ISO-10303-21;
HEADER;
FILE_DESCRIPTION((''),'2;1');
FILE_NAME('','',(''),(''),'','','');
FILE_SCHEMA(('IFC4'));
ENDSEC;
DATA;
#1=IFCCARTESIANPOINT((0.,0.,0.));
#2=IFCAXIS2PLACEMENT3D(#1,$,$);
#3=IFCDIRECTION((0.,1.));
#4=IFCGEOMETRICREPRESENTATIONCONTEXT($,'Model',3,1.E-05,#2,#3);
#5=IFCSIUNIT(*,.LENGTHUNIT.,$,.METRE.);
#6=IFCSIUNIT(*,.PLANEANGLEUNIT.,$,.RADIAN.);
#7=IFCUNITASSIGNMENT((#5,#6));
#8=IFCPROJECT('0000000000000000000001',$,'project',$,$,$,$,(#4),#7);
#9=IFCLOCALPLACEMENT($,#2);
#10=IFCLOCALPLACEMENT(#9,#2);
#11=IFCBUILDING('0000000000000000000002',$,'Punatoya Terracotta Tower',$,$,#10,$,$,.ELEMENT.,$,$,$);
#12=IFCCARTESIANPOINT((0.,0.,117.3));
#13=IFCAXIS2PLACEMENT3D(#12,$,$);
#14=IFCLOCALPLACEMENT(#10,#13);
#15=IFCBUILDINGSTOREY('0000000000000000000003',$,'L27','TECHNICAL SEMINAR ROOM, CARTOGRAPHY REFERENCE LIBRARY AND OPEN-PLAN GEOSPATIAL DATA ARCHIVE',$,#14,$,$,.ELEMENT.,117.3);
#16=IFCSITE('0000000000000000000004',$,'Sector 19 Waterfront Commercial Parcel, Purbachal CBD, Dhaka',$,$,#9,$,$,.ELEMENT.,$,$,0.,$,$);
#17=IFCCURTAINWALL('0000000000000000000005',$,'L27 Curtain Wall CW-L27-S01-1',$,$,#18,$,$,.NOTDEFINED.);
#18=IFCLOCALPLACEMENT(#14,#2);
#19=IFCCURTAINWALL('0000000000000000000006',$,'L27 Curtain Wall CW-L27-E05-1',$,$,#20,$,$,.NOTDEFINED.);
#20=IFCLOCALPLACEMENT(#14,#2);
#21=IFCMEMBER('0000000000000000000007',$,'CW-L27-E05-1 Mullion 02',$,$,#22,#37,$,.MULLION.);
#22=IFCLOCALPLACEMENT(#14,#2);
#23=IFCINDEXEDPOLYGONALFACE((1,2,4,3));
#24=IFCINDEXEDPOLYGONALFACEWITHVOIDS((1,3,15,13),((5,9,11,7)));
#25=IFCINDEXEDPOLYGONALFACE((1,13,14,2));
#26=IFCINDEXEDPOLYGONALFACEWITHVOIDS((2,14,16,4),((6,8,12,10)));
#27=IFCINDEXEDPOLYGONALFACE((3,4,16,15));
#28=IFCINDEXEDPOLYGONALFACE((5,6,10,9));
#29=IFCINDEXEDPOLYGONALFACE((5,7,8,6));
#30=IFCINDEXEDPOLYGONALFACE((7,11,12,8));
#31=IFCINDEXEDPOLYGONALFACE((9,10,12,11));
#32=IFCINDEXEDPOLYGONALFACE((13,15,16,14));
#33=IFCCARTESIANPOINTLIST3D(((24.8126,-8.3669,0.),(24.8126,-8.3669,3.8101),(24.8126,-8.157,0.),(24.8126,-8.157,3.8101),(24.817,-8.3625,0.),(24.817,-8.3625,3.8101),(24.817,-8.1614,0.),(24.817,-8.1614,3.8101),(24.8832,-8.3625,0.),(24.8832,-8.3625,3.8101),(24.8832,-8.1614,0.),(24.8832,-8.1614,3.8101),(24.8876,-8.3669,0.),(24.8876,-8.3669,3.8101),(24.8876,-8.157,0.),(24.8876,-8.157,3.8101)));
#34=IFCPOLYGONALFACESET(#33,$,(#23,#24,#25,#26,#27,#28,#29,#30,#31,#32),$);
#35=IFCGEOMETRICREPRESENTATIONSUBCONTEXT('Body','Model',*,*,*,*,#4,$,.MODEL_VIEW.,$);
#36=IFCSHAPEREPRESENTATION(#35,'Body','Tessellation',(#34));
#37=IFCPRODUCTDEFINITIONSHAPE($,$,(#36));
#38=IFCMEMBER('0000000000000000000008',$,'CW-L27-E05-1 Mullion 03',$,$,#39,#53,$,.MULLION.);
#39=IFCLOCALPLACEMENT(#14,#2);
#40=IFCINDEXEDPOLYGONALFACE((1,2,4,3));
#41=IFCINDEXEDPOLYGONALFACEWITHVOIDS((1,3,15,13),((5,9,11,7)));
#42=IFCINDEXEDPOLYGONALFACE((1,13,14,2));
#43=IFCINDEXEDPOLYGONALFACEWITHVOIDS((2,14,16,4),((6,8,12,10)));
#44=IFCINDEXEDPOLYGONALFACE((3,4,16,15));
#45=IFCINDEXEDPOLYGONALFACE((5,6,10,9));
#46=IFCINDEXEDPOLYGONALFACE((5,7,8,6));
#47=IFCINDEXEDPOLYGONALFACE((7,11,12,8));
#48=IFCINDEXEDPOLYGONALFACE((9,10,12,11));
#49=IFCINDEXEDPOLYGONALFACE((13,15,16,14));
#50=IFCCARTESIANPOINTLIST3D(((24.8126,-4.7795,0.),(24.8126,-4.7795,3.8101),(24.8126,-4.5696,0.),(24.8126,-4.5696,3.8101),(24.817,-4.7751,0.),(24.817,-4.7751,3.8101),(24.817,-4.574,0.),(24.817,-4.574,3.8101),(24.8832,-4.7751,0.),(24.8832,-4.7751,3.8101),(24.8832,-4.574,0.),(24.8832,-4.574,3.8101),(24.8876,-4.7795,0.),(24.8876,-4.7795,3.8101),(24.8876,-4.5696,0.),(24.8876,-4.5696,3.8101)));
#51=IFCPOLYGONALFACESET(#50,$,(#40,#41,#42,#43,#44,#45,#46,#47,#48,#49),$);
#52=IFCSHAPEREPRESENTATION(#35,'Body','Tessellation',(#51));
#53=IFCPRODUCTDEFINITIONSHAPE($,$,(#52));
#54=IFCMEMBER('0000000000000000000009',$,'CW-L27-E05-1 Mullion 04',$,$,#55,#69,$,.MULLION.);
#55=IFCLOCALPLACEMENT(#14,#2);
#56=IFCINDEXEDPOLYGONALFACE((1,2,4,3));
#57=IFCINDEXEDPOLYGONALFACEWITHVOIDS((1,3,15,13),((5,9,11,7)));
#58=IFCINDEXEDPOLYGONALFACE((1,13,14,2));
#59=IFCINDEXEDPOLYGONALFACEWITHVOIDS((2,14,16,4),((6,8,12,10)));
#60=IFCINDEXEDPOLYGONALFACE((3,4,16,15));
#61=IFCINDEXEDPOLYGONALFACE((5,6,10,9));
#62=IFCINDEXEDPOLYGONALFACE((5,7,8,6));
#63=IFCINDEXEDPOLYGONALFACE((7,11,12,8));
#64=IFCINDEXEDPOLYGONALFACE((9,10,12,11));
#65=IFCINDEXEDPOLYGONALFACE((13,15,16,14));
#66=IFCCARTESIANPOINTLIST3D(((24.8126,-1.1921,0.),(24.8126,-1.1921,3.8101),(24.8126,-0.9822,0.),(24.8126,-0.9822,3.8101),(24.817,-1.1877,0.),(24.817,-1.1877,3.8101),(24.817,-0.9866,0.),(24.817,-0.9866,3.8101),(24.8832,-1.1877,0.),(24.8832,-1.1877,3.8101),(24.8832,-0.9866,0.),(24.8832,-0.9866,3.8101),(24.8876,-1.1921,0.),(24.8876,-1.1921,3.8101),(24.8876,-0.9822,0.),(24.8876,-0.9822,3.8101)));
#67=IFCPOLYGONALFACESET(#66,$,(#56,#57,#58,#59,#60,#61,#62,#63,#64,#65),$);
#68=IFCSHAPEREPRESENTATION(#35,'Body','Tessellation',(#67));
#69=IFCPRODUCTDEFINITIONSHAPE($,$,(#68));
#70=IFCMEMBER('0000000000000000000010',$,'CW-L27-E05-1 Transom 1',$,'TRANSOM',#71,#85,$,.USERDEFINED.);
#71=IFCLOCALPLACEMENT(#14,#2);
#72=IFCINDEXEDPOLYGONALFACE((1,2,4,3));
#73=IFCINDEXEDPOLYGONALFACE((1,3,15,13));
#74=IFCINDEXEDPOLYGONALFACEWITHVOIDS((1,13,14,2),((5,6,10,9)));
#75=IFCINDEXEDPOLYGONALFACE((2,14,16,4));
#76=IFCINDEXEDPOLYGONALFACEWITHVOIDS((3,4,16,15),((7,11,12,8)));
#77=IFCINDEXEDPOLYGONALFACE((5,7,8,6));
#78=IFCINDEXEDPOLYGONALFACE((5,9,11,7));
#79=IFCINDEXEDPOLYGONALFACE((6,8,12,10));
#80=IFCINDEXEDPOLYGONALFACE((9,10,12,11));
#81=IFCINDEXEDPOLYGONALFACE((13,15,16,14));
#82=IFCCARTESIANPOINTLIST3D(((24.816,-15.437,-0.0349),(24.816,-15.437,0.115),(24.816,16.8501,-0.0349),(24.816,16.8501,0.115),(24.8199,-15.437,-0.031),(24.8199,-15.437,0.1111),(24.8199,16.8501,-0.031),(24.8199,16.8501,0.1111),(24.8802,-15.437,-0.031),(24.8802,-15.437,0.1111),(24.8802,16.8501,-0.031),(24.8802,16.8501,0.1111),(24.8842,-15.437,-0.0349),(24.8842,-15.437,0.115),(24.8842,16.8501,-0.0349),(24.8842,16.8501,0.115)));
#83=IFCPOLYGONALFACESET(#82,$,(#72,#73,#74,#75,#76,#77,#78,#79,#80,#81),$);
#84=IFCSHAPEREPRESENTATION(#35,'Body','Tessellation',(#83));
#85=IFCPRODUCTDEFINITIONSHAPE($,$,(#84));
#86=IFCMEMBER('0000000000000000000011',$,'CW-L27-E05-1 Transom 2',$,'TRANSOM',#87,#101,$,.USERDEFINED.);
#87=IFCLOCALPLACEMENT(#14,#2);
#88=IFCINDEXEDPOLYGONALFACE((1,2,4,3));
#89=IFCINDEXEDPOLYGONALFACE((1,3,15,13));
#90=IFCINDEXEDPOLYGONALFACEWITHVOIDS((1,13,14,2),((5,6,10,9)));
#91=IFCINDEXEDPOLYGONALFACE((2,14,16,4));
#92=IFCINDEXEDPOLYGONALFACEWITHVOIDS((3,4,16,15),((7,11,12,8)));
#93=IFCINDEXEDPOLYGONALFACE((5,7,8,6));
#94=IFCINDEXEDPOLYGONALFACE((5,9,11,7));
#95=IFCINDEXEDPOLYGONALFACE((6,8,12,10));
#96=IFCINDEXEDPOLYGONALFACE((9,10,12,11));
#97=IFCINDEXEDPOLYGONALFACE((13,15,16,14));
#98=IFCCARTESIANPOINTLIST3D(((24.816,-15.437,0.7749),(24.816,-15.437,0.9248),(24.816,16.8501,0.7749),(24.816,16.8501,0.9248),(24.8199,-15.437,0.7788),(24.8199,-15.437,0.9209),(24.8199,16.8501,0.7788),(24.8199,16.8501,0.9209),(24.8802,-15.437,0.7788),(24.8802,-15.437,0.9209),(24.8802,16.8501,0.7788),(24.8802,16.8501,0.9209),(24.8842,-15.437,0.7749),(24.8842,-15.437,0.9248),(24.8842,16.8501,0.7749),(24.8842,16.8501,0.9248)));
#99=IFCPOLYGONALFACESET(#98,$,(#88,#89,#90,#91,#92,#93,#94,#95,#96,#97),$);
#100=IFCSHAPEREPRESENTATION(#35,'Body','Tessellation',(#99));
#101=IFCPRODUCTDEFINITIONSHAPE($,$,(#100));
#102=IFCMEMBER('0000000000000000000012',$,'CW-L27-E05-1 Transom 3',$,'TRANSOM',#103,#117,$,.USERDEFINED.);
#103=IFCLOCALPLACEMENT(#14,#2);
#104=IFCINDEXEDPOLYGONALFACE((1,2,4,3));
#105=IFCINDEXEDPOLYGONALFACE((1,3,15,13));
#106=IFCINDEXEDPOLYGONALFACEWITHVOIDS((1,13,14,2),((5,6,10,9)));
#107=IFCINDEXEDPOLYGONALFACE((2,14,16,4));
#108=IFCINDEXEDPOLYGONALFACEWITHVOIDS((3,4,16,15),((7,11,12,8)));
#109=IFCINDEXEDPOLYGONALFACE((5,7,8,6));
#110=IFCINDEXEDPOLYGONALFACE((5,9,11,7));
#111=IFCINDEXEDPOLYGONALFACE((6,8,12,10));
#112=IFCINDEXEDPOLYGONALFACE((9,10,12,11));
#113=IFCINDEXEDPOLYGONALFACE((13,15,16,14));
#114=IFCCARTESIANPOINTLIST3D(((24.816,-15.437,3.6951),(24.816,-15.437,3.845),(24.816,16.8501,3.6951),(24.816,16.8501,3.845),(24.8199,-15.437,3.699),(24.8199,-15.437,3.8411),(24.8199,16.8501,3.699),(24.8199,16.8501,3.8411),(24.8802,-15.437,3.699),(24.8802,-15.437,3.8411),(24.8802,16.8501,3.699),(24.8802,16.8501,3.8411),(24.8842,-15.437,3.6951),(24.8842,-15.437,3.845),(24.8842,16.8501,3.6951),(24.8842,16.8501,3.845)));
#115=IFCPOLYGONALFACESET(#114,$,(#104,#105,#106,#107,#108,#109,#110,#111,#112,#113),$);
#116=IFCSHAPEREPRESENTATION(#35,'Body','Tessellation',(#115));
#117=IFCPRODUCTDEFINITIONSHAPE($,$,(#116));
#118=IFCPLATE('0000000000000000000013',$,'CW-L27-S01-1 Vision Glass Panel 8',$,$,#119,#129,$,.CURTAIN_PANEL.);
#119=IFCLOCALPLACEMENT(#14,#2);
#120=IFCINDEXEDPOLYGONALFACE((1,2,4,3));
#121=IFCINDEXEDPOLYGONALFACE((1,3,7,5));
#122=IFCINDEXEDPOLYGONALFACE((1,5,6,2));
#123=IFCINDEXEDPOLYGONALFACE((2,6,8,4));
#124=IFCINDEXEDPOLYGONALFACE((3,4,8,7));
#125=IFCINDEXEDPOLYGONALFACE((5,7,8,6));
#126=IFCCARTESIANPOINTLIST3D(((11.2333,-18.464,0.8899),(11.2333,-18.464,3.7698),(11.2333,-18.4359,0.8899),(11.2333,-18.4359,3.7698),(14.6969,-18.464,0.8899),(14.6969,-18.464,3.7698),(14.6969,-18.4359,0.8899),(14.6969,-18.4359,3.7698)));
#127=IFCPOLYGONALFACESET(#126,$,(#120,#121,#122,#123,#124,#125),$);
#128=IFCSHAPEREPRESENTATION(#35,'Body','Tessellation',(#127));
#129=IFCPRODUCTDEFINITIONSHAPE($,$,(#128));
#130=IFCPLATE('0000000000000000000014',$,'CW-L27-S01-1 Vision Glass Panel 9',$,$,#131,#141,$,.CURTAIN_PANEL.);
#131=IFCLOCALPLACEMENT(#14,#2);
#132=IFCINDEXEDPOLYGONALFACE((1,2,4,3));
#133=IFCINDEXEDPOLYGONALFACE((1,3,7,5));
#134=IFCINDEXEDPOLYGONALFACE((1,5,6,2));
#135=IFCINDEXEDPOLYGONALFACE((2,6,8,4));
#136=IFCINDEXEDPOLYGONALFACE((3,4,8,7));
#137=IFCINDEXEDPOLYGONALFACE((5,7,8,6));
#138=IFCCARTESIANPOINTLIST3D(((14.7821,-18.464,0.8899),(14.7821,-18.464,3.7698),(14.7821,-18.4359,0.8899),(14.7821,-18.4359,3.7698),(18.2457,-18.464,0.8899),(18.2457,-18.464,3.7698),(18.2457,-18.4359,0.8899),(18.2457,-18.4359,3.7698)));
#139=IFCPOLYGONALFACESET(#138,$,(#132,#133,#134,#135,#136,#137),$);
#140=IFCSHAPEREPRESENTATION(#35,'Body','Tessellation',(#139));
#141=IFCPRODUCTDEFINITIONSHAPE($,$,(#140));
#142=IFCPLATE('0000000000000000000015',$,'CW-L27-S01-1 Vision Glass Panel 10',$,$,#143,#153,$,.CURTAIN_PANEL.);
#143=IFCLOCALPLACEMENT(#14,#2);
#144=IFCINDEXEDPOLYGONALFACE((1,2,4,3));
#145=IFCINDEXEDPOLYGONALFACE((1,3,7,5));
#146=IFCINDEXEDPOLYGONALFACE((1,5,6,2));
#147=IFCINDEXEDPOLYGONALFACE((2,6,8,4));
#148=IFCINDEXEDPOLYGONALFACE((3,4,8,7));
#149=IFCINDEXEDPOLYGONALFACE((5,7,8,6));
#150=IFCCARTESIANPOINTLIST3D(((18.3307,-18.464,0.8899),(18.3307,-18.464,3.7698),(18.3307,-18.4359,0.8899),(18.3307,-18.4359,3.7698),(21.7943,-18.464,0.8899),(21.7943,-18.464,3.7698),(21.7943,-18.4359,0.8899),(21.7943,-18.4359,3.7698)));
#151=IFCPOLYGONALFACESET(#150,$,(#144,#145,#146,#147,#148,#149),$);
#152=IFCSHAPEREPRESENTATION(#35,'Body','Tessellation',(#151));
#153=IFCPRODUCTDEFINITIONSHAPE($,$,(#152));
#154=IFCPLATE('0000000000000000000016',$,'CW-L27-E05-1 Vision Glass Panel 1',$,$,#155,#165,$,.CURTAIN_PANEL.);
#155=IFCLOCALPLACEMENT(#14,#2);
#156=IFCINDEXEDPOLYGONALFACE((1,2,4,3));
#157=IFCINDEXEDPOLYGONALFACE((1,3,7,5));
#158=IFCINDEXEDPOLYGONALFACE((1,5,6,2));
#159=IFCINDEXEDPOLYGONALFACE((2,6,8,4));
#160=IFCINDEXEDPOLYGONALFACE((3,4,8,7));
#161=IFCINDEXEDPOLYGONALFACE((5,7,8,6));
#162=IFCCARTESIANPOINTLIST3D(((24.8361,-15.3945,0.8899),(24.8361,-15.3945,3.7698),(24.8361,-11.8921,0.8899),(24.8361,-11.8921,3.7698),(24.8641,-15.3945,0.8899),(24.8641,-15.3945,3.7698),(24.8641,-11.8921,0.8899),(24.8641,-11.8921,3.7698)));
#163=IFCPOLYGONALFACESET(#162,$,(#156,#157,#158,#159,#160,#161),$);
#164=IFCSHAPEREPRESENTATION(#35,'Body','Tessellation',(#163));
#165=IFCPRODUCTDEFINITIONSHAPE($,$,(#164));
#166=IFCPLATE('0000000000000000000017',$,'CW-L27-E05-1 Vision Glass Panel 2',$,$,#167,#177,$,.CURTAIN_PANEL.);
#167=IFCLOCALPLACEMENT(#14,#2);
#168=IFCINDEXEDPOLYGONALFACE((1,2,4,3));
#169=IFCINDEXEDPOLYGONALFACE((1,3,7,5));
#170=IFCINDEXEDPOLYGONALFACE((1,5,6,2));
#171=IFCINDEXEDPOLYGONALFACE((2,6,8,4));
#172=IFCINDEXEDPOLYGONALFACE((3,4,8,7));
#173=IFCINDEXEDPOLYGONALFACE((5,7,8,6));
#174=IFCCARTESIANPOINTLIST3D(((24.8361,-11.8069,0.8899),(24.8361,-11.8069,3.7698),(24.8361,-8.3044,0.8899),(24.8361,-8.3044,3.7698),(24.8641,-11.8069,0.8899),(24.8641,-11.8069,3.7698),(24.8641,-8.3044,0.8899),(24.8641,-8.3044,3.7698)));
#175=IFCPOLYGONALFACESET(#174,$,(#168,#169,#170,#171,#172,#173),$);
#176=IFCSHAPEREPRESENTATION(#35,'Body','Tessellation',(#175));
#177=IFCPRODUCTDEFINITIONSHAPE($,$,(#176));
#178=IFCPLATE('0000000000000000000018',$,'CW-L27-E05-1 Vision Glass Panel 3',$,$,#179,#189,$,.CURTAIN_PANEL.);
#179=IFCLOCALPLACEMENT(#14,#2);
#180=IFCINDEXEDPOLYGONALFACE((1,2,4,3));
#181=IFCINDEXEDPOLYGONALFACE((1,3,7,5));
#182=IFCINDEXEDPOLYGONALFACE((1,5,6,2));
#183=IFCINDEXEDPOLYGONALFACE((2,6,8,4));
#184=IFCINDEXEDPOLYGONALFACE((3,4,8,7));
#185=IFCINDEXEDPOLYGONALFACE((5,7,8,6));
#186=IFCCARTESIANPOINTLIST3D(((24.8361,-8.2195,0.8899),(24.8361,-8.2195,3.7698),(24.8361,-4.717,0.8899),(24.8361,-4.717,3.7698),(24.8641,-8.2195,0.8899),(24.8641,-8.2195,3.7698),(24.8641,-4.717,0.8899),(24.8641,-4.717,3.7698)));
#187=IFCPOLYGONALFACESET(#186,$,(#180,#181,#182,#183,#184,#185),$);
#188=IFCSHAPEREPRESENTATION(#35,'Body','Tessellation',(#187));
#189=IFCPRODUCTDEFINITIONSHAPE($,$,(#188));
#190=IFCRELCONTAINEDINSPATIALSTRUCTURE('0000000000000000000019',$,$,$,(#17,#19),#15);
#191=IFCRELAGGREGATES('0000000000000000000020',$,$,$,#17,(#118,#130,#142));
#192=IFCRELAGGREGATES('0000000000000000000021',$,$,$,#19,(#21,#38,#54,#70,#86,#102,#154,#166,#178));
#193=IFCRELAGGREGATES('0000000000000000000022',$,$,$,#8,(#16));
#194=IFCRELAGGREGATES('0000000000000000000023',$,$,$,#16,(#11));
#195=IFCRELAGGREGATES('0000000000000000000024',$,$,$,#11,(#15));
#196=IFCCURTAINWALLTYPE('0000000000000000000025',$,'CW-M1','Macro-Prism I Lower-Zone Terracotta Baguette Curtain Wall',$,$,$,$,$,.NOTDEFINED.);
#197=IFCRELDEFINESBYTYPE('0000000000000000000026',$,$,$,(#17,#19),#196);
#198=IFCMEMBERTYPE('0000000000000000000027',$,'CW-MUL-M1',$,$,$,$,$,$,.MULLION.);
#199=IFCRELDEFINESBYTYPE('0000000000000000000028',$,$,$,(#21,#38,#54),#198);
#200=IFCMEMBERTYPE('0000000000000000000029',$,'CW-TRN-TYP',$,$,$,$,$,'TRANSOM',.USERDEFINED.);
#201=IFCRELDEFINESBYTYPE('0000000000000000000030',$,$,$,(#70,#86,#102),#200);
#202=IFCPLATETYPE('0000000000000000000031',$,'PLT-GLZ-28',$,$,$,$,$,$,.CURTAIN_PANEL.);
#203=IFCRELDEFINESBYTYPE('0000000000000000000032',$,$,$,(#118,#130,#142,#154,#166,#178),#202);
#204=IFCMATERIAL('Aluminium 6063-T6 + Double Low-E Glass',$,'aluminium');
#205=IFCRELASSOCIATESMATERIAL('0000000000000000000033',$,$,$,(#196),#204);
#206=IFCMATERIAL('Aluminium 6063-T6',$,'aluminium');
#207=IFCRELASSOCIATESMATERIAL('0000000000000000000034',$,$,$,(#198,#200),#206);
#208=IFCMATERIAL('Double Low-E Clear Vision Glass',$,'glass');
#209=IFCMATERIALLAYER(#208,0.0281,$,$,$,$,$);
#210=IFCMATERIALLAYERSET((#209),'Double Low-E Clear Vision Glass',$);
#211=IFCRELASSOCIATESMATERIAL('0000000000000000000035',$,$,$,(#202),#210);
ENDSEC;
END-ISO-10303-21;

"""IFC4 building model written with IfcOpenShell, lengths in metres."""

from ifc_helpers import new_model, si_unit, direction, frame, origin, origin_2d, place, context, subcontext, project, spatial, rectangle, hollow_rectangle, extrude, material, layer, layer_set, material_profile, profile_set, type_object, element, aggregate, save


model = new_model("IFC4")

# Units and contexts
model_context = context("Model", 3, precision=1e-05, world=origin(), true_north=direction((0.0, 1.0)))
body_context = subcontext(model_context, "Body", "Model", "MODEL_VIEW")
ifc_project = project(units=[si_unit("LENGTHUNIT", "METRE"), si_unit("PLANEANGLEUNIT", "RADIAN")], contexts=[model_context])

# Site, building, storey
site_placement = place(None, origin())
site = spatial("IfcSite", under=ifc_project, at=site_placement, Name="Sector 19 Waterfront Commercial Parcel, Purbachal CBD, Dhaka", CompositionType="ELEMENT", RefElevation=0.0)
building_placement = place(site_placement, origin())
building = spatial("IfcBuilding", under=site, at=building_placement, Name="Punatoya Terracotta Tower", CompositionType="ELEMENT")
storey_placement = place(building_placement, frame((0.0, 0.0, 117.3)))
storey = spatial("IfcBuildingStorey", under=building, at=storey_placement, Name="L27", Description="TECHNICAL SEMINAR ROOM, CARTOGRAPHY REFERENCE LIBRARY AND OPEN-PLAN GEOSPATIAL DATA ARCHIVE", CompositionType="ELEMENT", Elevation=117.3)

# Curtain walls, members
ifc_material_1 = material(Name="Aluminium 6063-T6 + Double Low-E Glass", Category="aluminium")
curtain_wall_type = type_object("IfcCurtainWallType", Name="CW-M1", Description="Macro-Prism I Lower-Zone Terracotta Baguette Curtain Wall", PredefinedType="NOTDEFINED", material=ifc_material_1)
curtain_wall_1_placement = place(storey_placement, origin())
curtain_wall_1 = element("IfcCurtainWall", 1, at=curtain_wall_1_placement, inside=storey, type_object=curtain_wall_type, Name="L27 Curtain Wall CW-L27-S01-1", PredefinedType="NOTDEFINED")
ifc_material_2 = material(Name="Aluminium 6063-T6", Category="aluminium")
ifc_material_profile_1 = material_profile(ifc_material_2, hollow_rectangle(XDim=0.075, YDim=0.21, WallThickness=0.0044, at=origin_2d()))
ifc_profile_set_1 = profile_set([ifc_material_profile_1], Name="Aluminium 6063-T6")
member_type_1 = type_object("IfcMemberType", Name="CW-MUL-M1", PredefinedType="MULLION", material=ifc_profile_set_1)
curtain_wall_2_placement = place(storey_placement, origin())
curtain_wall_2 = element("IfcCurtainWall", 2, at=curtain_wall_2_placement, inside=storey, type_object=curtain_wall_type, Name="L27 Curtain Wall CW-L27-E05-1", PredefinedType="NOTDEFINED")
member_1_placement = place(storey_placement, frame((24.8501, -8.262, 0.0), z_axis=(0.0, 0.0, 1.0), x_axis=(1.0, 0.0, 0.0)))
member_1 = element("IfcMember", 3, at=member_1_placement, type_object=member_type_1, Name="CW-L27-E05-1 Mullion 02", PredefinedType="MULLION", context=body_context, shape_type="SweptSolid", body=[
    extrude(hollow_rectangle(XDim=0.075, YDim=0.21, WallThickness=0.0044, at=origin_2d()), origin(), (0.0, 0.0, 1.0), 3.8101),
])
member_2_placement = place(storey_placement, frame((24.8501, -4.6746, 0.0), z_axis=(0.0, 0.0, 1.0), x_axis=(1.0, 0.0, 0.0)))
member_2 = element("IfcMember", 4, at=member_2_placement, type_object=member_type_1, Name="CW-L27-E05-1 Mullion 03", PredefinedType="MULLION", context=body_context, shape_type="SweptSolid", body=[
    extrude(hollow_rectangle(XDim=0.075, YDim=0.21, WallThickness=0.0044, at=origin_2d()), origin(), (0.0, 0.0, 1.0), 3.8101),
])
member_3_placement = place(storey_placement, frame((24.8501, -1.0872, 0.0), z_axis=(0.0, 0.0, 1.0), x_axis=(1.0, 0.0, 0.0)))
member_3 = element("IfcMember", 5, at=member_3_placement, type_object=member_type_1, Name="CW-L27-E05-1 Mullion 04", PredefinedType="MULLION", context=body_context, shape_type="SweptSolid", body=[
    extrude(hollow_rectangle(XDim=0.075, YDim=0.21, WallThickness=0.0044, at=origin_2d()), origin(), (0.0, 0.0, 1.0), 3.8101),
])
ifc_material_profile_2 = material_profile(ifc_material_2, hollow_rectangle(XDim=0.0681, YDim=0.1499, WallThickness=0.0039, at=origin_2d()))
ifc_profile_set_2 = profile_set([ifc_material_profile_2], Name="Aluminium 6063-T6")
member_type_2 = type_object("IfcMemberType", Name="CW-TRN-TYP", ElementType="TRANSOM", PredefinedType="USERDEFINED", material=ifc_profile_set_2)
member_4_placement = place(storey_placement, frame((24.8501, -15.437, 0.04), z_axis=(0.0, 1.0, 0.0), x_axis=(-1.0, 0.0, 0.0)))
member_4 = element("IfcMember", 6, at=member_4_placement, type_object=member_type_2, Name="CW-L27-E05-1 Transom 1", ObjectType="TRANSOM", PredefinedType="USERDEFINED", context=body_context, shape_type="SweptSolid", body=[
    extrude(hollow_rectangle(XDim=0.0681, YDim=0.1499, WallThickness=0.0039, at=origin_2d()), origin(), (0.0, 0.0, 1.0), 32.2871),
])
member_5_placement = place(storey_placement, frame((24.8501, -15.437, 0.8499), z_axis=(0.0, 1.0, 0.0), x_axis=(-1.0, 0.0, 0.0)))
member_5 = element("IfcMember", 7, at=member_5_placement, type_object=member_type_2, Name="CW-L27-E05-1 Transom 2", ObjectType="TRANSOM", PredefinedType="USERDEFINED", context=body_context, shape_type="SweptSolid", body=[
    extrude(hollow_rectangle(XDim=0.0681, YDim=0.1499, WallThickness=0.0039, at=origin_2d()), origin(), (0.0, 0.0, 1.0), 32.2871),
])
member_6_placement = place(storey_placement, frame((24.8501, -15.437, 3.77), z_axis=(0.0, 1.0, 0.0), x_axis=(-1.0, 0.0, 0.0)))
member_6 = element("IfcMember", 8, at=member_6_placement, type_object=member_type_2, Name="CW-L27-E05-1 Transom 3", ObjectType="TRANSOM", PredefinedType="USERDEFINED", context=body_context, shape_type="SweptSolid", body=[
    extrude(hollow_rectangle(XDim=0.0681, YDim=0.1499, WallThickness=0.0039, at=origin_2d()), origin(), (0.0, 0.0, 1.0), 32.2871),
])

# Plates
ifc_material_3 = material(Name="Double Low-E Clear Vision Glass", Category="glass")
ifc_layer_1 = layer(ifc_material_3, 0.0281)
ifc_layer_set_1 = layer_set([ifc_layer_1], Name="Double Low-E Clear Vision Glass")
plate_type_1 = type_object("IfcPlateType", Name="PLT-GLZ-28", PredefinedType="CURTAIN_PANEL", material=ifc_layer_set_1)
plate_1_placement = place(storey_placement, frame((12.9651, -18.45, 0.8899), z_axis=(0.0, 0.0, 1.0), x_axis=(1.0, 0.0, 0.0)))
plate_1 = element("IfcPlate", 9, at=plate_1_placement, type_object=plate_type_1, Name="CW-L27-S01-1 Vision Glass Panel 8", PredefinedType="CURTAIN_PANEL", context=body_context, shape_type="SweptSolid", body=[
    extrude(rectangle(XDim=3.4636, YDim=0.0281, at=origin_2d()), origin(), (0.0, 0.0, 1.0), 2.8799),
])
plate_2_placement = place(storey_placement, frame((16.5139, -18.45, 0.8899), z_axis=(0.0, 0.0, 1.0), x_axis=(1.0, 0.0, 0.0)))
plate_2 = element("IfcPlate", 10, at=plate_2_placement, type_object=plate_type_1, Name="CW-L27-S01-1 Vision Glass Panel 9", PredefinedType="CURTAIN_PANEL", context=body_context, shape_type="SweptSolid", body=[
    extrude(rectangle(XDim=3.4636, YDim=0.0281, at=origin_2d()), origin(), (0.0, 0.0, 1.0), 2.8799),
])
plate_3_placement = place(storey_placement, frame((20.0625, -18.45, 0.8899), z_axis=(0.0, 0.0, 1.0), x_axis=(1.0, 0.0, 0.0)))
plate_3 = element("IfcPlate", 11, at=plate_3_placement, type_object=plate_type_1, Name="CW-L27-S01-1 Vision Glass Panel 10", PredefinedType="CURTAIN_PANEL", context=body_context, shape_type="SweptSolid", body=[
    extrude(rectangle(XDim=3.4636, YDim=0.0281, at=origin_2d()), origin(), (0.0, 0.0, 1.0), 2.8799),
])
plate_4_placement = place(storey_placement, frame((24.8501, -13.6433, 0.8899), z_axis=(0.0, 0.0, 1.0), x_axis=(0.0, 1.0, 0.0)))
plate_4 = element("IfcPlate", 12, at=plate_4_placement, type_object=plate_type_1, Name="CW-L27-E05-1 Vision Glass Panel 1", PredefinedType="CURTAIN_PANEL", context=body_context, shape_type="SweptSolid", body=[
    extrude(rectangle(XDim=3.5024, YDim=0.0281, at=origin_2d()), origin(), (0.0, 0.0, 1.0), 2.8799),
])
plate_5_placement = place(storey_placement, frame((24.8501, -10.0557, 0.8899), z_axis=(0.0, 0.0, 1.0), x_axis=(0.0, 1.0, 0.0)))
plate_5 = element("IfcPlate", 13, at=plate_5_placement, type_object=plate_type_1, Name="CW-L27-E05-1 Vision Glass Panel 2", PredefinedType="CURTAIN_PANEL", context=body_context, shape_type="SweptSolid", body=[
    extrude(rectangle(XDim=3.5024, YDim=0.0281, at=origin_2d()), origin(), (0.0, 0.0, 1.0), 2.8799),
])
plate_6_placement = place(storey_placement, frame((24.8501, -6.4683, 0.8899), z_axis=(0.0, 0.0, 1.0), x_axis=(0.0, 1.0, 0.0)))
plate_6 = element("IfcPlate", 14, at=plate_6_placement, type_object=plate_type_1, Name="CW-L27-E05-1 Vision Glass Panel 3", PredefinedType="CURTAIN_PANEL", context=body_context, shape_type="SweptSolid", body=[
    extrude(rectangle(XDim=3.5024, YDim=0.0281, at=origin_2d()), origin(), (0.0, 0.0, 1.0), 2.8799),
])
aggregate(curtain_wall_1, [plate_1, plate_2, plate_3])
aggregate(curtain_wall_2, [member_1, member_2, member_3, member_4, member_5, member_6, plate_4, plate_5, plate_6])

save(model, "model.ifc")
